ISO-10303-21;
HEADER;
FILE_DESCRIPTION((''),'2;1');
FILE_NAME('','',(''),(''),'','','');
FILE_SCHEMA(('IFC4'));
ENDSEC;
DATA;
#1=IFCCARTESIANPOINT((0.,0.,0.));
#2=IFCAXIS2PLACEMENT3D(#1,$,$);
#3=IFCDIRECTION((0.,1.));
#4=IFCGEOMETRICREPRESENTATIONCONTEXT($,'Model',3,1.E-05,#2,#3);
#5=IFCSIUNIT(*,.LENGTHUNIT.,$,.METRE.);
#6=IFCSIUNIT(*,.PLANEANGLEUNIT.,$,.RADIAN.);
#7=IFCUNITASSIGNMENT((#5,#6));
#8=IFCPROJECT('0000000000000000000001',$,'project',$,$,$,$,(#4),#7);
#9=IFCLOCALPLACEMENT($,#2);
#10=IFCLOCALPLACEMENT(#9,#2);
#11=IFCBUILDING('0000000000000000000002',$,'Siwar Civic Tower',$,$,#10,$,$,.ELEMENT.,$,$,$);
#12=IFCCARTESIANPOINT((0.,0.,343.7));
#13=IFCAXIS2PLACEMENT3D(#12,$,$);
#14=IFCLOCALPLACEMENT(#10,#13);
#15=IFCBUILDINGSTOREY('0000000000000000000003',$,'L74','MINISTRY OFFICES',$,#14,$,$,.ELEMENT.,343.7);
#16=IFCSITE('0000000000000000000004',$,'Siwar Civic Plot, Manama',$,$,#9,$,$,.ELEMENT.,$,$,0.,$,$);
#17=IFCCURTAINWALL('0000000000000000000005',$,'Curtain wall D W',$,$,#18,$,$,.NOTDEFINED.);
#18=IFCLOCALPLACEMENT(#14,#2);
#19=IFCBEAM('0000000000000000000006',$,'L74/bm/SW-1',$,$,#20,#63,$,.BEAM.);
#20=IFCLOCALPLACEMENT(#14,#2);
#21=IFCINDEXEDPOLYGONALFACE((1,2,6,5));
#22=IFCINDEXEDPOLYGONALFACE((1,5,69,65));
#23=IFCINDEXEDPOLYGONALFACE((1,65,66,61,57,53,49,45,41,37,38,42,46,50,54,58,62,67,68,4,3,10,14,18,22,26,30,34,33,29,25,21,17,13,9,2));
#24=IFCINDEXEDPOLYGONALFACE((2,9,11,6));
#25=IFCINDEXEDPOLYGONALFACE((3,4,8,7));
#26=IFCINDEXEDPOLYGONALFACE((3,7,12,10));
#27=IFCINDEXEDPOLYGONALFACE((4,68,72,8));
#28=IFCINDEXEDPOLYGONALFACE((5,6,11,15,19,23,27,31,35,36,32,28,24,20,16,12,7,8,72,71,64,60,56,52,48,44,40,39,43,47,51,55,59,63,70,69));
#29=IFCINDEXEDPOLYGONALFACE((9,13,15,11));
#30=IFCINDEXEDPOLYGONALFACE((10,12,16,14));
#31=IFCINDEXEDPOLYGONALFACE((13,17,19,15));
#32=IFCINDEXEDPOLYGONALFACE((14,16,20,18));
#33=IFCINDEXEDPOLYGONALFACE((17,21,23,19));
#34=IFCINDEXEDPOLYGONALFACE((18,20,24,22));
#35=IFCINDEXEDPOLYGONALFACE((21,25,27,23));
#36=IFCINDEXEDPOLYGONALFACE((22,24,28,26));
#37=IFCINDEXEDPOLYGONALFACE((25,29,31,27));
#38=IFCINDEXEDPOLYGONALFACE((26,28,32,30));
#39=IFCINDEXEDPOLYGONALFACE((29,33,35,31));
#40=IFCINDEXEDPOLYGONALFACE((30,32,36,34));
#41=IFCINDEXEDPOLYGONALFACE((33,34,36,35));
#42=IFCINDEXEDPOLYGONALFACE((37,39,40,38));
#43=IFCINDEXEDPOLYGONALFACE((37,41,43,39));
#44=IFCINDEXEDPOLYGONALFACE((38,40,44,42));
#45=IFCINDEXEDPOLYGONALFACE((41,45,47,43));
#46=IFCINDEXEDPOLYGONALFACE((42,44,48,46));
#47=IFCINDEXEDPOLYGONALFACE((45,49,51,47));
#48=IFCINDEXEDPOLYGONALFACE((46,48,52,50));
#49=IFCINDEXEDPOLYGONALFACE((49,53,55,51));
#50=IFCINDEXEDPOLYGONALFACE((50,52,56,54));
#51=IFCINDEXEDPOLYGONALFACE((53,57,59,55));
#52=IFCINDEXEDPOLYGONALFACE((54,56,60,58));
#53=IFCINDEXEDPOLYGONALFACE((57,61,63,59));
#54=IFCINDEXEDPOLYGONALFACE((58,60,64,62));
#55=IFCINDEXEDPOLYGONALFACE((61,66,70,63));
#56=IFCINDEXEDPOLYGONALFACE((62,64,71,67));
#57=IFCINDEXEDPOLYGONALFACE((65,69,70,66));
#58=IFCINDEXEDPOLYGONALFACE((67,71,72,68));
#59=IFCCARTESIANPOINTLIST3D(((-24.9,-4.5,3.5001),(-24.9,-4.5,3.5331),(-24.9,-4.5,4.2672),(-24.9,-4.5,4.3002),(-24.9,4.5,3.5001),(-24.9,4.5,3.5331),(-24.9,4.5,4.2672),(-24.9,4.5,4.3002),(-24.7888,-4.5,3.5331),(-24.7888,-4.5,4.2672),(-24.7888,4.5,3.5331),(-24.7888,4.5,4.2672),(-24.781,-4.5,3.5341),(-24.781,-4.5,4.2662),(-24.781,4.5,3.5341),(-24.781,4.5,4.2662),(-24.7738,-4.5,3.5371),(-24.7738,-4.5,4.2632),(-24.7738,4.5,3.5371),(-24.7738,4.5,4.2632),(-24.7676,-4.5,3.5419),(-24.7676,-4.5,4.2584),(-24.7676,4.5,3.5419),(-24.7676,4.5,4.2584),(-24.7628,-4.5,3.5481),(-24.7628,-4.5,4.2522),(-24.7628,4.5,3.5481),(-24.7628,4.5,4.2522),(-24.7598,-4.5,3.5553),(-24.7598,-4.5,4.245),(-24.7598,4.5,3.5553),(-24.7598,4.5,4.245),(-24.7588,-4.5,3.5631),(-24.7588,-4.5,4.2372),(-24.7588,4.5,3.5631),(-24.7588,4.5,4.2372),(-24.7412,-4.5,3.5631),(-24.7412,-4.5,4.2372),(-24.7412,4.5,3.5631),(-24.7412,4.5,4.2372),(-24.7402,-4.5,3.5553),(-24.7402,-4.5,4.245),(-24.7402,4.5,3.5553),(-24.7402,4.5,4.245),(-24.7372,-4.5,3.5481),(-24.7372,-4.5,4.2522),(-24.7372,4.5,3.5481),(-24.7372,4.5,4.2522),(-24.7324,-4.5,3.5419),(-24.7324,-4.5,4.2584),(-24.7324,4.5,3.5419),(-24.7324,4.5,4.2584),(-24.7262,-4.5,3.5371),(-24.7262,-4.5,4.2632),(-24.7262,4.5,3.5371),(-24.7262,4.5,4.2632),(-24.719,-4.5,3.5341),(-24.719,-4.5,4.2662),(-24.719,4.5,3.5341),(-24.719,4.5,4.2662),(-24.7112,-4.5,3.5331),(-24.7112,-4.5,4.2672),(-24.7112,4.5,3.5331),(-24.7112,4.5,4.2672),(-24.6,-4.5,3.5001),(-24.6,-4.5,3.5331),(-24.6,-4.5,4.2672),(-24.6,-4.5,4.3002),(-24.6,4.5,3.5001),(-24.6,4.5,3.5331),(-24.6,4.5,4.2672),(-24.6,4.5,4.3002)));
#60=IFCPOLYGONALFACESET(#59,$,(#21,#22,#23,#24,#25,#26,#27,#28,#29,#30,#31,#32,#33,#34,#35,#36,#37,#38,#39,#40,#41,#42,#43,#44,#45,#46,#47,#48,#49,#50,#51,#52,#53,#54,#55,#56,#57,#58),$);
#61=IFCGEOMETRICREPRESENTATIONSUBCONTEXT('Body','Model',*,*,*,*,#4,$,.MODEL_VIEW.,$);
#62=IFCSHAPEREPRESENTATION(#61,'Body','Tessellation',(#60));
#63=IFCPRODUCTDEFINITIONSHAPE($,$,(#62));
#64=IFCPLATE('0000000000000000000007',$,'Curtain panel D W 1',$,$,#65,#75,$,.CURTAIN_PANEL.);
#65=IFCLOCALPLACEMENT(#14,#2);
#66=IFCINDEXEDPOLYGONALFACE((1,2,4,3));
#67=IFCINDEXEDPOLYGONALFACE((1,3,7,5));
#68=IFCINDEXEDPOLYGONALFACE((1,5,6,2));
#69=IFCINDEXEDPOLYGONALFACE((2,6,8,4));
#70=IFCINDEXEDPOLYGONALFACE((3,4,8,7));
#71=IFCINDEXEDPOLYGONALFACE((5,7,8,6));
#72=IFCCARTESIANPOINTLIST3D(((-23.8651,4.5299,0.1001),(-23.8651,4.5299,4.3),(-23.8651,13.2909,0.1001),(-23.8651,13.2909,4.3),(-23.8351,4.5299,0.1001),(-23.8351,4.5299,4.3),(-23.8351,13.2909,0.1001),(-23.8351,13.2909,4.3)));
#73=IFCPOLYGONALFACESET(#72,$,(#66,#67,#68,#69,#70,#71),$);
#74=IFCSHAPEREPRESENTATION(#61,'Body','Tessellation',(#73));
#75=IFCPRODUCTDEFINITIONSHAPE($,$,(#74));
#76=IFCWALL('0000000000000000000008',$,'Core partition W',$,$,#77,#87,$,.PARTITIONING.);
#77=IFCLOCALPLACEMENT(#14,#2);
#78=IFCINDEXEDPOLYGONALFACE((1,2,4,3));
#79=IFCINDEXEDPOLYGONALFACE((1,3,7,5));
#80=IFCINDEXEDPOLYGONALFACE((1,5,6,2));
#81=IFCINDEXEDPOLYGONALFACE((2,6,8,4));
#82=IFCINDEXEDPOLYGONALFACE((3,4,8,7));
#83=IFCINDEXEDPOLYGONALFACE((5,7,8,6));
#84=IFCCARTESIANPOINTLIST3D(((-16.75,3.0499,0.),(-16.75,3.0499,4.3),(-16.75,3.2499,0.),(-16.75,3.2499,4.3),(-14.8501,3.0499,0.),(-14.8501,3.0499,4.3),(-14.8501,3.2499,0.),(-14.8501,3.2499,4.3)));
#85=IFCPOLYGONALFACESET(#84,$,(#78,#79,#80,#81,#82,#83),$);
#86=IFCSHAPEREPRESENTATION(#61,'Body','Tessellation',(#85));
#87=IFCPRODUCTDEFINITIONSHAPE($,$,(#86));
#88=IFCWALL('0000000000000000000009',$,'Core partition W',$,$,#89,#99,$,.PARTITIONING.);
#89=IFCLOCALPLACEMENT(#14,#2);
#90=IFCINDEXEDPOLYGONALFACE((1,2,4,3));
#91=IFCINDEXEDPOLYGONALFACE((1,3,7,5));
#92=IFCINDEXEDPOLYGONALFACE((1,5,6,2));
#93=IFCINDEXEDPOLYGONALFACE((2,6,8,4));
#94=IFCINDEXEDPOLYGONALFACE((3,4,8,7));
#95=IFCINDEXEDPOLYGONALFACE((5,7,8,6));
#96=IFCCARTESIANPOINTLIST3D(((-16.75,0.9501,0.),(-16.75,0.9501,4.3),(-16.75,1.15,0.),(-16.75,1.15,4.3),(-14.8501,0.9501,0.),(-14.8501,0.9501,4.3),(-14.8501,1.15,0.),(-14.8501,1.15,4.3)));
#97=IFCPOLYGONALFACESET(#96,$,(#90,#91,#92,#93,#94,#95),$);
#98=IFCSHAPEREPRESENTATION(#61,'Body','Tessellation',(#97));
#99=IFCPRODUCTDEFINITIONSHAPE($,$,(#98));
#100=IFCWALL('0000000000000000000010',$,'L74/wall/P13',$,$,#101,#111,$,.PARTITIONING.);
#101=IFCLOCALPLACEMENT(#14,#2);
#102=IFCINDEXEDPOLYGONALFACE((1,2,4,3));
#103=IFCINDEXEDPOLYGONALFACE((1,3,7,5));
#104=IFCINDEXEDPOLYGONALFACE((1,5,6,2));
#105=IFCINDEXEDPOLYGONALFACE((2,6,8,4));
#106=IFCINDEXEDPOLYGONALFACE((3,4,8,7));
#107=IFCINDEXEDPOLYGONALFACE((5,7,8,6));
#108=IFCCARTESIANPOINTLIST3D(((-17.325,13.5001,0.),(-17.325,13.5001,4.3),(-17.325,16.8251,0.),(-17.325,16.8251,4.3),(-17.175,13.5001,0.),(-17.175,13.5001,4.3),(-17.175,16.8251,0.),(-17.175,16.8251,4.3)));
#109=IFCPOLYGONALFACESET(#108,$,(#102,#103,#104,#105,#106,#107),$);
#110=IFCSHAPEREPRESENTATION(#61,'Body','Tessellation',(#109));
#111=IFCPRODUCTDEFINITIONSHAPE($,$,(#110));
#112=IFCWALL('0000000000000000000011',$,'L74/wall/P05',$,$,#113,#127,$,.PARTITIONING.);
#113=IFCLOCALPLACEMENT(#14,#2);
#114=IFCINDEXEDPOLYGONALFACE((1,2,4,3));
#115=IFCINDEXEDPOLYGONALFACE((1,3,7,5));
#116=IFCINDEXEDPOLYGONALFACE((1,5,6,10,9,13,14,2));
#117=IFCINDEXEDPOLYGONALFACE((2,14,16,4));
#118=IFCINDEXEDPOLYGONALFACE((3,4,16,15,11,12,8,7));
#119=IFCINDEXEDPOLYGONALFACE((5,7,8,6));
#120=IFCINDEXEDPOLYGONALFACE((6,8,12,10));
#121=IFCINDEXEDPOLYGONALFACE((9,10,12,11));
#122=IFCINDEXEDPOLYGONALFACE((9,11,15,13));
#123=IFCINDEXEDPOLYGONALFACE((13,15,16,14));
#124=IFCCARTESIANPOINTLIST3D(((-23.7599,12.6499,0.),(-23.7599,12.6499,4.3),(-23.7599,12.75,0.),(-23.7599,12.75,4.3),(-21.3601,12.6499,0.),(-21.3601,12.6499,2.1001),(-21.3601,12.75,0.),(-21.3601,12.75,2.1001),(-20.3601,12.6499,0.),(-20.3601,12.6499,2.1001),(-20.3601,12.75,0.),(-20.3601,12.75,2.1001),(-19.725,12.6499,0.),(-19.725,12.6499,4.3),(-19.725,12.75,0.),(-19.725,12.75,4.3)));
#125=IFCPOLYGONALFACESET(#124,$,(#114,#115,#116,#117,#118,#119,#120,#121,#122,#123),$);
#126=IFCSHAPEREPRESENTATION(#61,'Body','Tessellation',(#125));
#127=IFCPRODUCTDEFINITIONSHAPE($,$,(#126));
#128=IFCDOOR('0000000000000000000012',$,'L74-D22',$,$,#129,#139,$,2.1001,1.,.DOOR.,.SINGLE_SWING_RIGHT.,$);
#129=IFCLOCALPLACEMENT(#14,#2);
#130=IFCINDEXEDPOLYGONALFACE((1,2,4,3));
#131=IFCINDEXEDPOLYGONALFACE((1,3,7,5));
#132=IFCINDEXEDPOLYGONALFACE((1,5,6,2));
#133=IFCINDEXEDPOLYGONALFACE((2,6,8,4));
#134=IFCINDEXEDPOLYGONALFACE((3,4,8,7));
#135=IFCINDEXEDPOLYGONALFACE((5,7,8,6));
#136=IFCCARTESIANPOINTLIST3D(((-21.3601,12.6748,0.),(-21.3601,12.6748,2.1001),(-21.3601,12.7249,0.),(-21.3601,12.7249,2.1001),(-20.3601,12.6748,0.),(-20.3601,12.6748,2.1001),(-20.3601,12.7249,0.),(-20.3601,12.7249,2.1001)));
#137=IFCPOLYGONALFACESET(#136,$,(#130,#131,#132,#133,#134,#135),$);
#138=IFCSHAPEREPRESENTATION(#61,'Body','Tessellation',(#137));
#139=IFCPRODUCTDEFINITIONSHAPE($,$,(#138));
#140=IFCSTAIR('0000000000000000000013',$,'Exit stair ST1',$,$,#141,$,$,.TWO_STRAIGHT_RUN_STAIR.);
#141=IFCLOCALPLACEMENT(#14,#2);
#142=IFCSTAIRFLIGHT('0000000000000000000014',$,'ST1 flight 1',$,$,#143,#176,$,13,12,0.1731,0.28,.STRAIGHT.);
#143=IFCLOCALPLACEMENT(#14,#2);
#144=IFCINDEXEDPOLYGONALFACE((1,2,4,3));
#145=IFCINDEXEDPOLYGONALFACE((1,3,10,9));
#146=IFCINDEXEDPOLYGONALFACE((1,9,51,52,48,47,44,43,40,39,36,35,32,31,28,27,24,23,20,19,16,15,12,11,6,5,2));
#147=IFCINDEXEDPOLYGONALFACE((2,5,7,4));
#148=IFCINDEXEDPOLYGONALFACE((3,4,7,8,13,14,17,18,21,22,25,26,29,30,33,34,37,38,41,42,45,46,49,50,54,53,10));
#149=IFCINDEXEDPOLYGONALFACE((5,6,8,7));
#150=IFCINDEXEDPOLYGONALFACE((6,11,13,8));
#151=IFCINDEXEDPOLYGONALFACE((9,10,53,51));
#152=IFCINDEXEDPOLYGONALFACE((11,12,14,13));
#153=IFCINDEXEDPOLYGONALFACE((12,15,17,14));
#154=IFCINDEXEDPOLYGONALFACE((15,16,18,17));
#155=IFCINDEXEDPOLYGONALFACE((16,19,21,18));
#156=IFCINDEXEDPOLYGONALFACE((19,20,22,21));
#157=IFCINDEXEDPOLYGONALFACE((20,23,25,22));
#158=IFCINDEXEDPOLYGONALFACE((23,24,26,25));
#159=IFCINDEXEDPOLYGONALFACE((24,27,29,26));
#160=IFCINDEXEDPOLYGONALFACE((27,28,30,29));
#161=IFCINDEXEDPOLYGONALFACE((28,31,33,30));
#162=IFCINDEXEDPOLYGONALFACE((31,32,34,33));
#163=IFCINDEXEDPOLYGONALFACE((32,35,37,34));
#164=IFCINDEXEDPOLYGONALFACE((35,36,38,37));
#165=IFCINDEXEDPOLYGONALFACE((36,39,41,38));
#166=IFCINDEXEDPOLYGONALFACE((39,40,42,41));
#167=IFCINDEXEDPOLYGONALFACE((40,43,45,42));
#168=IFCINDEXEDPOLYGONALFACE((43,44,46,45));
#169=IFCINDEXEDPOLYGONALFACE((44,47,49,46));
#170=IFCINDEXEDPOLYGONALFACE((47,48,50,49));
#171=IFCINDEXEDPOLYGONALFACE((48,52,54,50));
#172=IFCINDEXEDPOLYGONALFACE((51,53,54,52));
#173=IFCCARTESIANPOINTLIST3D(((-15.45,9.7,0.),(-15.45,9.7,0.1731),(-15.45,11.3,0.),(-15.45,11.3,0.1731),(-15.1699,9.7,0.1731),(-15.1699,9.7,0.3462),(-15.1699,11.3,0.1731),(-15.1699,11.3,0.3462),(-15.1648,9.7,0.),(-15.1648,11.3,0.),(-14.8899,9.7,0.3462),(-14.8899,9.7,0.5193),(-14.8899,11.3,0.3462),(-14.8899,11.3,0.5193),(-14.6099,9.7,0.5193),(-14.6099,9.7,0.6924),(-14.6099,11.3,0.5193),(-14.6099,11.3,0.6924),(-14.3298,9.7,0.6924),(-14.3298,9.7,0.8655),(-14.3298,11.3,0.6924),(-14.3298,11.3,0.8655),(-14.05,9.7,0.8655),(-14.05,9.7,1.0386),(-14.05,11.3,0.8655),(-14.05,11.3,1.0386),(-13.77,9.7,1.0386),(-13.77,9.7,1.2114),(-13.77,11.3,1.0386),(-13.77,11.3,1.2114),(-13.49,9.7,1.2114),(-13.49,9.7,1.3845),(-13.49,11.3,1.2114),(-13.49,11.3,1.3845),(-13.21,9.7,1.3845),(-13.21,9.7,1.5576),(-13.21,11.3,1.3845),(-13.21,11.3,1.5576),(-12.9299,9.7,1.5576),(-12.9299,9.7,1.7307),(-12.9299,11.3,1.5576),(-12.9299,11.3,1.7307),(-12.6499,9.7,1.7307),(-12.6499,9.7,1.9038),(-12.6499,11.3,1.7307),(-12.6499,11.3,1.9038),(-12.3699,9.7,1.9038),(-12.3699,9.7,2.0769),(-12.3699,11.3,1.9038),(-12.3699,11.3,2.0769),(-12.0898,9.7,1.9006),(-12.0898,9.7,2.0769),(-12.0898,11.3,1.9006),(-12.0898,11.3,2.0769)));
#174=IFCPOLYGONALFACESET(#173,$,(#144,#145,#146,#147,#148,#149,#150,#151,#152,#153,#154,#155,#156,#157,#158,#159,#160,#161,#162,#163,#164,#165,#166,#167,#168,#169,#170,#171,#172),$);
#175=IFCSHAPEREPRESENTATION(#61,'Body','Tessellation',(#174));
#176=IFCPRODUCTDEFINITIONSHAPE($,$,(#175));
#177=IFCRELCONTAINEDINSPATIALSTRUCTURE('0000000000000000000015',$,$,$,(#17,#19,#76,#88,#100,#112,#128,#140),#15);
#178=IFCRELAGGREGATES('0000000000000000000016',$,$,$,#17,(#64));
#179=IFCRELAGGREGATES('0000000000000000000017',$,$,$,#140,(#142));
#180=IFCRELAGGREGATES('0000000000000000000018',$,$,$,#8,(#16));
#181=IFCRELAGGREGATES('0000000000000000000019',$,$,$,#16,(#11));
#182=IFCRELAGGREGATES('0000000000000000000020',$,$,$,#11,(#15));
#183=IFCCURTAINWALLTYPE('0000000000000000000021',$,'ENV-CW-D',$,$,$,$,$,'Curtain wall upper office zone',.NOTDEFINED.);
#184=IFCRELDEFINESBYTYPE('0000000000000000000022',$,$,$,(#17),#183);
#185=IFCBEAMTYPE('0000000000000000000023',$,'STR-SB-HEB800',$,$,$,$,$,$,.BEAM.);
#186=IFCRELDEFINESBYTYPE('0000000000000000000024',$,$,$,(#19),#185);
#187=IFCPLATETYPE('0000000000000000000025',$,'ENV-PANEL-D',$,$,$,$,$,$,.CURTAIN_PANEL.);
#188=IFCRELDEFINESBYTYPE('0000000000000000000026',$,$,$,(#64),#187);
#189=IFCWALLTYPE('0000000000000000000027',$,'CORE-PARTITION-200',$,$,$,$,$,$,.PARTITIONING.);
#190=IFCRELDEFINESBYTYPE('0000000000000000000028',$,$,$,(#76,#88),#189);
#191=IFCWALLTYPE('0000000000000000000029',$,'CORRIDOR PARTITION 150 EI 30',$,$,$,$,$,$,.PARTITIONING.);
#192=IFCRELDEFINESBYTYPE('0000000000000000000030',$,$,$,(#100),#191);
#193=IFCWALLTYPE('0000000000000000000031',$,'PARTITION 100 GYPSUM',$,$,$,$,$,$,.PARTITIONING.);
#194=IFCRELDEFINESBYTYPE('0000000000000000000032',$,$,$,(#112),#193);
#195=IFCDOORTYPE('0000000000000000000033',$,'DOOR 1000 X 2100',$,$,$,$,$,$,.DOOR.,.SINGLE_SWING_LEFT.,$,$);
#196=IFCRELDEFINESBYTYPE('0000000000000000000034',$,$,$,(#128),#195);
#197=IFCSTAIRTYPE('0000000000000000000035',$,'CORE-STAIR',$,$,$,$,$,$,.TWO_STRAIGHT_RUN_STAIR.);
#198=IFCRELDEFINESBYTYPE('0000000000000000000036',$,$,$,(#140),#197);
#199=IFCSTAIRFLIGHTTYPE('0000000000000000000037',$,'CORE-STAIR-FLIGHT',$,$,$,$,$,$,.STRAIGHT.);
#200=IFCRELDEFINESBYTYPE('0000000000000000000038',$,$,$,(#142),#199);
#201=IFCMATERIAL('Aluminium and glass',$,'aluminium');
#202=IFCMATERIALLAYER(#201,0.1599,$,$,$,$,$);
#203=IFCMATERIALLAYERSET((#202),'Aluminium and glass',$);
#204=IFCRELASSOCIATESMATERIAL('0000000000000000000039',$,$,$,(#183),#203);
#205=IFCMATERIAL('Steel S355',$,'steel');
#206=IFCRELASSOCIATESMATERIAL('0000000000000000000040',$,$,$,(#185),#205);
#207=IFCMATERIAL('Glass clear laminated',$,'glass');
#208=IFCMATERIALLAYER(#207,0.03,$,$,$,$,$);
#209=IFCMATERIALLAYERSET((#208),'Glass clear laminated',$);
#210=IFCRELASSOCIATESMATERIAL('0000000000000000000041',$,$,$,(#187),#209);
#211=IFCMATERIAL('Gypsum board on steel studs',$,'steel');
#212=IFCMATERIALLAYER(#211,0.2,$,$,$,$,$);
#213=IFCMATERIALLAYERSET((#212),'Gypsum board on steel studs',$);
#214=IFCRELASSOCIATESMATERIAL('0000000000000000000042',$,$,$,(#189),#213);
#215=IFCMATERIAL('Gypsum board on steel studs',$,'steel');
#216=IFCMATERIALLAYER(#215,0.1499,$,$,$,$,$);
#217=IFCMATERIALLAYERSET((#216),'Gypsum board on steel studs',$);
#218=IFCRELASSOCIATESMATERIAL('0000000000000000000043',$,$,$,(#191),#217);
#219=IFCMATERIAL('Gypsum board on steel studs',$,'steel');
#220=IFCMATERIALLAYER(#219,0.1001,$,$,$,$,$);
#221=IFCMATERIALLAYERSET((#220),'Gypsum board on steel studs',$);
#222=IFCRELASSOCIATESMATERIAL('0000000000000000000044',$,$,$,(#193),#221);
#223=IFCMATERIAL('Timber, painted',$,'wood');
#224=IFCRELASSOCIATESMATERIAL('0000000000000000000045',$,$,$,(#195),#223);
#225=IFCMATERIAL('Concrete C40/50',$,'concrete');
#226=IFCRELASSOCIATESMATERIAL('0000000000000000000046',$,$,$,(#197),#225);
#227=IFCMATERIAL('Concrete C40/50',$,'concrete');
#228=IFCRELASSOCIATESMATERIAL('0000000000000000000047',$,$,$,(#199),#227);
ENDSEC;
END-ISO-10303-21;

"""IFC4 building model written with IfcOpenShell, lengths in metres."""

from ifc_helpers import new_model, si_unit, direction, frame, frame_2d, origin, origin_2d, place, context, subcontext, project, spatial, polyline, rectangle, i_section, outline, extrude, material, layer, layer_set, material_profile, profile_set, type_object, element, fill, aggregate, save


model = new_model("IFC4")

# Units and contexts
model_context = context("Model", 3, precision=1e-05, world=origin(), true_north=direction((0.0, 1.0)))
body_context = subcontext(model_context, "Body", "Model", "MODEL_VIEW")
ifc_project = project(units=[si_unit("LENGTHUNIT", "METRE"), si_unit("PLANEANGLEUNIT", "RADIAN")], contexts=[model_context])

# Site, building, storey
site_placement = place(None, origin())
site = spatial("IfcSite", under=ifc_project, at=site_placement, Name="Siwar Civic Plot, Manama", CompositionType="ELEMENT", RefElevation=0.0)
building_placement = place(site_placement, origin())
building = spatial("IfcBuilding", under=site, at=building_placement, Name="Siwar Civic Tower", CompositionType="ELEMENT")
storey_placement = place(building_placement, frame((0.0, 0.0, 343.7)))
storey = spatial("IfcBuildingStorey", under=building, at=storey_placement, Name="L74", Description="MINISTRY OFFICES", CompositionType="ELEMENT", Elevation=343.7)

# Curtain wall
ifc_material_1 = material(Name="Aluminium and glass", Category="aluminium")
ifc_layer_1 = layer(ifc_material_1, 0.1599)
ifc_layer_set_1 = layer_set([ifc_layer_1], Name="Aluminium and glass")
curtain_wall_type = type_object("IfcCurtainWallType", Name="ENV-CW-D", ElementType="Curtain wall upper office zone", PredefinedType="NOTDEFINED", material=ifc_layer_set_1)
curtain_wall_placement = place(storey_placement, origin())
curtain_wall = element("IfcCurtainWall", 1, at=curtain_wall_placement, inside=storey, type_object=curtain_wall_type, Name="Curtain wall D W", PredefinedType="NOTDEFINED")

# Beam
ifc_material_2 = material(Name="Steel S355", Category="steel")
ifc_material_profile_1 = material_profile(ifc_material_2, i_section(OverallWidth=0.3, OverallDepth=0.8, WebThickness=0.0176, FlangeThickness=0.033, FilletRadius=0.03, at=origin_2d()), Name="HEB800")
ifc_profile_set_1 = profile_set([ifc_material_profile_1], Name="Steel S355")
beam_type_1 = type_object("IfcBeamType", Name="STR-SB-HEB800", PredefinedType="BEAM", material=ifc_profile_set_1)
for number, where, z_axis, x_axis, name in (
    (2, (-24.75, 4.5, 3.9001), (0.0, -1.0, 0.0), (1.0, 0.0, 0.0), "L74/bm/SW-1"),
):
    element("IfcBeam", number, at=place(storey_placement, frame(where, z_axis=z_axis, x_axis=x_axis)), inside=storey, type_object=beam_type_1, Name=name, PredefinedType="BEAM", context=body_context, shape_type="SweptSolid", body=[
        extrude(i_section(OverallWidth=0.3, OverallDepth=0.8, WebThickness=0.0176, FlangeThickness=0.033, FilletRadius=0.03, at=origin_2d()), origin(), (0.0, 0.0, 1.0), 9.0),
    ])

# Plate
ifc_material_3 = material(Name="Glass clear laminated", Category="glass")
ifc_layer_2 = layer(ifc_material_3, 0.03)
ifc_layer_set_2 = layer_set([ifc_layer_2], Name="Glass clear laminated")
plate_type = type_object("IfcPlateType", Name="ENV-PANEL-D", PredefinedType="CURTAIN_PANEL", material=ifc_layer_set_2)
plate_placement = place(storey_placement, frame((-23.8501, 8.9104, 0.1001), z_axis=(0.0, 0.0, 1.0), x_axis=(0.0, -1.0, 0.0)))
plate = element("IfcPlate", 3, at=plate_placement, type_object=plate_type, Name="Curtain panel D W 1", PredefinedType="CURTAIN_PANEL", context=body_context, shape_type="SweptSolid", body=[
    extrude(rectangle(XDim=8.761, YDim=0.03, at=origin_2d()), origin(), (0.0, 0.0, 1.0), 4.2),
])
aggregate(curtain_wall, [plate])

# Walls
ifc_material_4 = material(Name="Gypsum board on steel studs", Category="steel")
ifc_layer_3 = layer(ifc_material_4, 0.2)
ifc_layer_set_3 = layer_set([ifc_layer_3], Name="Gypsum board on steel studs")
wall_type_1 = type_object("IfcWallType", Name="CORE-PARTITION-200", PredefinedType="PARTITIONING", material=ifc_layer_set_3)
for number, where, z_axis, x_axis, name in (
    (4, (-14.8501, 3.1499, 0.0), (0.0, 0.0, 1.0), (-1.0, 0.0, 0.0), "Core partition W"),
    (5, (-14.8501, 1.05, 0.0), (0.0, 0.0, 1.0), (-1.0, 0.0, 0.0), "Core partition W"),
):
    element("IfcWall", number, at=place(storey_placement, frame(where, z_axis=z_axis, x_axis=x_axis)), inside=storey, type_object=wall_type_1, Name=name, PredefinedType="PARTITIONING", context=body_context, shape_type="SweptSolid", body=[
        extrude(rectangle(XDim=1.8999, YDim=0.2, at=frame_2d((0.95, 0.0))), origin(), (0.0, 0.0, 1.0), 4.3),
    ])
ifc_material_5 = material(Name="Gypsum board on steel studs", Category="steel")
ifc_layer_4 = layer(ifc_material_5, 0.1499)
ifc_layer_set_4 = layer_set([ifc_layer_4], Name="Gypsum board on steel studs")
wall_type_2 = type_object("IfcWallType", Name="CORRIDOR PARTITION 150 EI 30", PredefinedType="PARTITIONING", material=ifc_layer_set_4)
wall_1_placement = place(storey_placement, frame((-17.25, 13.5, 0.0), z_axis=(0.0, 0.0, 1.0), x_axis=(0.0, 1.0, 0.0)))
element("IfcWall", 6, at=wall_1_placement, inside=storey, type_object=wall_type_2, Name="L74/wall/P13", PredefinedType="PARTITIONING", context=body_context, shape_type="SweptSolid", body=[
    extrude(rectangle(XDim=3.325, YDim=0.1499, at=frame_2d((1.6626, 0.0))), origin(), (0.0, 0.0, 1.0), 4.3),
])

# Wall, opening, door
ifc_material_6 = material(Name="Gypsum board on steel studs", Category="steel")
ifc_layer_5 = layer(ifc_material_6, 0.1001)
ifc_layer_set_5 = layer_set([ifc_layer_5], Name="Gypsum board on steel studs")
wall_type_3 = type_object("IfcWallType", Name="PARTITION 100 GYPSUM", PredefinedType="PARTITIONING", material=ifc_layer_set_5)
wall_2_placement = place(storey_placement, frame((-23.76, 12.7, 0.0), z_axis=(0.0, 0.0, 1.0), x_axis=(1.0, 0.0, 0.0)))
wall_2 = element("IfcWall", 7, at=wall_2_placement, inside=storey, type_object=wall_type_3, Name="L74/wall/P05", PredefinedType="PARTITIONING", context=body_context, shape_type="SweptSolid", body=[
    extrude(rectangle(XDim=4.0349, YDim=0.1001, at=frame_2d((2.0176, 0.0))), origin(), (0.0, 0.0, 1.0), 4.3),
])
opening_placement = place(wall_2_placement, frame((2.3999, 0.0, 0.0)))
opening = element("IfcOpeningElement", 8, at=opening_placement, cuts=wall_2, PredefinedType="OPENING", context=body_context, shape_type="SweptSolid", body=[
    extrude(rectangle(XDim=1.0, YDim=2.1001, at=frame_2d((0.5, 1.05))), frame((0.0, 0.0601, 0.0), z_axis=(0.0, -1.0, 0.0), x_axis=(1.0, 0.0, 0.0)), (0.0, 0.0, 1.0), 0.1201),
])
ifc_material_7 = material(Name="Timber, painted", Category="wood")
door_type = type_object("IfcDoorType", Name="DOOR 1000 X 2100", OperationType="SINGLE_SWING_LEFT", PredefinedType="DOOR", material=ifc_material_7)
door_placement = place(opening_placement, origin())
door = element("IfcDoor", 9, at=door_placement, inside=storey, type_object=door_type, Name="L74-D22", OperationType="SINGLE_SWING_RIGHT", OverallHeight=2.1001, OverallWidth=1.0, PredefinedType="DOOR", context=body_context, shape_type="SweptSolid", body=[
    extrude(rectangle(XDim=1.0, YDim=2.1001, at=frame_2d((0.5, 1.05))), frame((0.0, 0.0249, 0.0), z_axis=(0.0, -1.0, 0.0), x_axis=(1.0, 0.0, 0.0)), (0.0, 0.0, 1.0), 0.05),
])
fill(opening, door)

# Stair, stair flight
ifc_material_8 = material(Name="Concrete C40/50", Category="concrete")
stair_type = type_object("IfcStairType", Name="CORE-STAIR", PredefinedType="TWO_STRAIGHT_RUN_STAIR", material=ifc_material_8)
stair_placement = place(storey_placement, origin())
stair = element("IfcStair", 10, at=stair_placement, inside=storey, type_object=stair_type, Name="Exit stair ST1", PredefinedType="TWO_STRAIGHT_RUN_STAIR")
ifc_material_9 = material(Name="Concrete C40/50", Category="concrete")
stair_flight_type = type_object("IfcStairFlightType", Name="CORE-STAIR-FLIGHT", PredefinedType="STRAIGHT", material=ifc_material_9)
stair_flight_placement = place(storey_placement, frame((-15.45, 10.5, 0.0), z_axis=(0.0, 0.0, 1.0), x_axis=(1.0, 0.0, 0.0)))
stair_flight = element("IfcStairFlight", 11, at=stair_flight_placement, type_object=stair_flight_type, Name="ST1 flight 1", NumberOfRisers=13, NumberOfTreads=12, PredefinedType="STRAIGHT", RiserHeight=0.1731, TreadLength=0.28, context=body_context, shape_type="SweptSolid", body=[
    extrude(outline(polyline([(0.0, 0.0), (0.0, 0.1731), (0.28, 0.1731), (0.28, 0.3462), (0.5601, 0.3462), (0.5601, 0.5193), (0.8401, 0.5193), (0.8401, 0.6924), (1.1201, 0.6924), (1.1201, 0.8655), (1.3999, 0.8655), (1.3999, 1.0386), (1.6799, 1.0386), (1.6799, 1.2114), (1.96, 1.2114), (1.96, 1.3845), (2.24, 1.3845), (2.24, 1.5576), (2.52, 1.5576), (2.52, 1.7307), (2.8, 1.7307), (2.8, 1.9038), (3.0801, 1.9038), (3.0801, 2.0769), (3.3601, 2.0769), (3.3601, 2.25), (3.3601, 1.9006), (0.2852, 0.0), (0.0, 0.0)])), frame((0.0, 0.8, 0.0), z_axis=(0.0, -1.0, 0.0), x_axis=(1.0, 0.0, 0.0)), (0.0, 0.0, 1.0), 1.6001),
])
aggregate(stair, [stair_flight])

save(model, "model.ifc")
